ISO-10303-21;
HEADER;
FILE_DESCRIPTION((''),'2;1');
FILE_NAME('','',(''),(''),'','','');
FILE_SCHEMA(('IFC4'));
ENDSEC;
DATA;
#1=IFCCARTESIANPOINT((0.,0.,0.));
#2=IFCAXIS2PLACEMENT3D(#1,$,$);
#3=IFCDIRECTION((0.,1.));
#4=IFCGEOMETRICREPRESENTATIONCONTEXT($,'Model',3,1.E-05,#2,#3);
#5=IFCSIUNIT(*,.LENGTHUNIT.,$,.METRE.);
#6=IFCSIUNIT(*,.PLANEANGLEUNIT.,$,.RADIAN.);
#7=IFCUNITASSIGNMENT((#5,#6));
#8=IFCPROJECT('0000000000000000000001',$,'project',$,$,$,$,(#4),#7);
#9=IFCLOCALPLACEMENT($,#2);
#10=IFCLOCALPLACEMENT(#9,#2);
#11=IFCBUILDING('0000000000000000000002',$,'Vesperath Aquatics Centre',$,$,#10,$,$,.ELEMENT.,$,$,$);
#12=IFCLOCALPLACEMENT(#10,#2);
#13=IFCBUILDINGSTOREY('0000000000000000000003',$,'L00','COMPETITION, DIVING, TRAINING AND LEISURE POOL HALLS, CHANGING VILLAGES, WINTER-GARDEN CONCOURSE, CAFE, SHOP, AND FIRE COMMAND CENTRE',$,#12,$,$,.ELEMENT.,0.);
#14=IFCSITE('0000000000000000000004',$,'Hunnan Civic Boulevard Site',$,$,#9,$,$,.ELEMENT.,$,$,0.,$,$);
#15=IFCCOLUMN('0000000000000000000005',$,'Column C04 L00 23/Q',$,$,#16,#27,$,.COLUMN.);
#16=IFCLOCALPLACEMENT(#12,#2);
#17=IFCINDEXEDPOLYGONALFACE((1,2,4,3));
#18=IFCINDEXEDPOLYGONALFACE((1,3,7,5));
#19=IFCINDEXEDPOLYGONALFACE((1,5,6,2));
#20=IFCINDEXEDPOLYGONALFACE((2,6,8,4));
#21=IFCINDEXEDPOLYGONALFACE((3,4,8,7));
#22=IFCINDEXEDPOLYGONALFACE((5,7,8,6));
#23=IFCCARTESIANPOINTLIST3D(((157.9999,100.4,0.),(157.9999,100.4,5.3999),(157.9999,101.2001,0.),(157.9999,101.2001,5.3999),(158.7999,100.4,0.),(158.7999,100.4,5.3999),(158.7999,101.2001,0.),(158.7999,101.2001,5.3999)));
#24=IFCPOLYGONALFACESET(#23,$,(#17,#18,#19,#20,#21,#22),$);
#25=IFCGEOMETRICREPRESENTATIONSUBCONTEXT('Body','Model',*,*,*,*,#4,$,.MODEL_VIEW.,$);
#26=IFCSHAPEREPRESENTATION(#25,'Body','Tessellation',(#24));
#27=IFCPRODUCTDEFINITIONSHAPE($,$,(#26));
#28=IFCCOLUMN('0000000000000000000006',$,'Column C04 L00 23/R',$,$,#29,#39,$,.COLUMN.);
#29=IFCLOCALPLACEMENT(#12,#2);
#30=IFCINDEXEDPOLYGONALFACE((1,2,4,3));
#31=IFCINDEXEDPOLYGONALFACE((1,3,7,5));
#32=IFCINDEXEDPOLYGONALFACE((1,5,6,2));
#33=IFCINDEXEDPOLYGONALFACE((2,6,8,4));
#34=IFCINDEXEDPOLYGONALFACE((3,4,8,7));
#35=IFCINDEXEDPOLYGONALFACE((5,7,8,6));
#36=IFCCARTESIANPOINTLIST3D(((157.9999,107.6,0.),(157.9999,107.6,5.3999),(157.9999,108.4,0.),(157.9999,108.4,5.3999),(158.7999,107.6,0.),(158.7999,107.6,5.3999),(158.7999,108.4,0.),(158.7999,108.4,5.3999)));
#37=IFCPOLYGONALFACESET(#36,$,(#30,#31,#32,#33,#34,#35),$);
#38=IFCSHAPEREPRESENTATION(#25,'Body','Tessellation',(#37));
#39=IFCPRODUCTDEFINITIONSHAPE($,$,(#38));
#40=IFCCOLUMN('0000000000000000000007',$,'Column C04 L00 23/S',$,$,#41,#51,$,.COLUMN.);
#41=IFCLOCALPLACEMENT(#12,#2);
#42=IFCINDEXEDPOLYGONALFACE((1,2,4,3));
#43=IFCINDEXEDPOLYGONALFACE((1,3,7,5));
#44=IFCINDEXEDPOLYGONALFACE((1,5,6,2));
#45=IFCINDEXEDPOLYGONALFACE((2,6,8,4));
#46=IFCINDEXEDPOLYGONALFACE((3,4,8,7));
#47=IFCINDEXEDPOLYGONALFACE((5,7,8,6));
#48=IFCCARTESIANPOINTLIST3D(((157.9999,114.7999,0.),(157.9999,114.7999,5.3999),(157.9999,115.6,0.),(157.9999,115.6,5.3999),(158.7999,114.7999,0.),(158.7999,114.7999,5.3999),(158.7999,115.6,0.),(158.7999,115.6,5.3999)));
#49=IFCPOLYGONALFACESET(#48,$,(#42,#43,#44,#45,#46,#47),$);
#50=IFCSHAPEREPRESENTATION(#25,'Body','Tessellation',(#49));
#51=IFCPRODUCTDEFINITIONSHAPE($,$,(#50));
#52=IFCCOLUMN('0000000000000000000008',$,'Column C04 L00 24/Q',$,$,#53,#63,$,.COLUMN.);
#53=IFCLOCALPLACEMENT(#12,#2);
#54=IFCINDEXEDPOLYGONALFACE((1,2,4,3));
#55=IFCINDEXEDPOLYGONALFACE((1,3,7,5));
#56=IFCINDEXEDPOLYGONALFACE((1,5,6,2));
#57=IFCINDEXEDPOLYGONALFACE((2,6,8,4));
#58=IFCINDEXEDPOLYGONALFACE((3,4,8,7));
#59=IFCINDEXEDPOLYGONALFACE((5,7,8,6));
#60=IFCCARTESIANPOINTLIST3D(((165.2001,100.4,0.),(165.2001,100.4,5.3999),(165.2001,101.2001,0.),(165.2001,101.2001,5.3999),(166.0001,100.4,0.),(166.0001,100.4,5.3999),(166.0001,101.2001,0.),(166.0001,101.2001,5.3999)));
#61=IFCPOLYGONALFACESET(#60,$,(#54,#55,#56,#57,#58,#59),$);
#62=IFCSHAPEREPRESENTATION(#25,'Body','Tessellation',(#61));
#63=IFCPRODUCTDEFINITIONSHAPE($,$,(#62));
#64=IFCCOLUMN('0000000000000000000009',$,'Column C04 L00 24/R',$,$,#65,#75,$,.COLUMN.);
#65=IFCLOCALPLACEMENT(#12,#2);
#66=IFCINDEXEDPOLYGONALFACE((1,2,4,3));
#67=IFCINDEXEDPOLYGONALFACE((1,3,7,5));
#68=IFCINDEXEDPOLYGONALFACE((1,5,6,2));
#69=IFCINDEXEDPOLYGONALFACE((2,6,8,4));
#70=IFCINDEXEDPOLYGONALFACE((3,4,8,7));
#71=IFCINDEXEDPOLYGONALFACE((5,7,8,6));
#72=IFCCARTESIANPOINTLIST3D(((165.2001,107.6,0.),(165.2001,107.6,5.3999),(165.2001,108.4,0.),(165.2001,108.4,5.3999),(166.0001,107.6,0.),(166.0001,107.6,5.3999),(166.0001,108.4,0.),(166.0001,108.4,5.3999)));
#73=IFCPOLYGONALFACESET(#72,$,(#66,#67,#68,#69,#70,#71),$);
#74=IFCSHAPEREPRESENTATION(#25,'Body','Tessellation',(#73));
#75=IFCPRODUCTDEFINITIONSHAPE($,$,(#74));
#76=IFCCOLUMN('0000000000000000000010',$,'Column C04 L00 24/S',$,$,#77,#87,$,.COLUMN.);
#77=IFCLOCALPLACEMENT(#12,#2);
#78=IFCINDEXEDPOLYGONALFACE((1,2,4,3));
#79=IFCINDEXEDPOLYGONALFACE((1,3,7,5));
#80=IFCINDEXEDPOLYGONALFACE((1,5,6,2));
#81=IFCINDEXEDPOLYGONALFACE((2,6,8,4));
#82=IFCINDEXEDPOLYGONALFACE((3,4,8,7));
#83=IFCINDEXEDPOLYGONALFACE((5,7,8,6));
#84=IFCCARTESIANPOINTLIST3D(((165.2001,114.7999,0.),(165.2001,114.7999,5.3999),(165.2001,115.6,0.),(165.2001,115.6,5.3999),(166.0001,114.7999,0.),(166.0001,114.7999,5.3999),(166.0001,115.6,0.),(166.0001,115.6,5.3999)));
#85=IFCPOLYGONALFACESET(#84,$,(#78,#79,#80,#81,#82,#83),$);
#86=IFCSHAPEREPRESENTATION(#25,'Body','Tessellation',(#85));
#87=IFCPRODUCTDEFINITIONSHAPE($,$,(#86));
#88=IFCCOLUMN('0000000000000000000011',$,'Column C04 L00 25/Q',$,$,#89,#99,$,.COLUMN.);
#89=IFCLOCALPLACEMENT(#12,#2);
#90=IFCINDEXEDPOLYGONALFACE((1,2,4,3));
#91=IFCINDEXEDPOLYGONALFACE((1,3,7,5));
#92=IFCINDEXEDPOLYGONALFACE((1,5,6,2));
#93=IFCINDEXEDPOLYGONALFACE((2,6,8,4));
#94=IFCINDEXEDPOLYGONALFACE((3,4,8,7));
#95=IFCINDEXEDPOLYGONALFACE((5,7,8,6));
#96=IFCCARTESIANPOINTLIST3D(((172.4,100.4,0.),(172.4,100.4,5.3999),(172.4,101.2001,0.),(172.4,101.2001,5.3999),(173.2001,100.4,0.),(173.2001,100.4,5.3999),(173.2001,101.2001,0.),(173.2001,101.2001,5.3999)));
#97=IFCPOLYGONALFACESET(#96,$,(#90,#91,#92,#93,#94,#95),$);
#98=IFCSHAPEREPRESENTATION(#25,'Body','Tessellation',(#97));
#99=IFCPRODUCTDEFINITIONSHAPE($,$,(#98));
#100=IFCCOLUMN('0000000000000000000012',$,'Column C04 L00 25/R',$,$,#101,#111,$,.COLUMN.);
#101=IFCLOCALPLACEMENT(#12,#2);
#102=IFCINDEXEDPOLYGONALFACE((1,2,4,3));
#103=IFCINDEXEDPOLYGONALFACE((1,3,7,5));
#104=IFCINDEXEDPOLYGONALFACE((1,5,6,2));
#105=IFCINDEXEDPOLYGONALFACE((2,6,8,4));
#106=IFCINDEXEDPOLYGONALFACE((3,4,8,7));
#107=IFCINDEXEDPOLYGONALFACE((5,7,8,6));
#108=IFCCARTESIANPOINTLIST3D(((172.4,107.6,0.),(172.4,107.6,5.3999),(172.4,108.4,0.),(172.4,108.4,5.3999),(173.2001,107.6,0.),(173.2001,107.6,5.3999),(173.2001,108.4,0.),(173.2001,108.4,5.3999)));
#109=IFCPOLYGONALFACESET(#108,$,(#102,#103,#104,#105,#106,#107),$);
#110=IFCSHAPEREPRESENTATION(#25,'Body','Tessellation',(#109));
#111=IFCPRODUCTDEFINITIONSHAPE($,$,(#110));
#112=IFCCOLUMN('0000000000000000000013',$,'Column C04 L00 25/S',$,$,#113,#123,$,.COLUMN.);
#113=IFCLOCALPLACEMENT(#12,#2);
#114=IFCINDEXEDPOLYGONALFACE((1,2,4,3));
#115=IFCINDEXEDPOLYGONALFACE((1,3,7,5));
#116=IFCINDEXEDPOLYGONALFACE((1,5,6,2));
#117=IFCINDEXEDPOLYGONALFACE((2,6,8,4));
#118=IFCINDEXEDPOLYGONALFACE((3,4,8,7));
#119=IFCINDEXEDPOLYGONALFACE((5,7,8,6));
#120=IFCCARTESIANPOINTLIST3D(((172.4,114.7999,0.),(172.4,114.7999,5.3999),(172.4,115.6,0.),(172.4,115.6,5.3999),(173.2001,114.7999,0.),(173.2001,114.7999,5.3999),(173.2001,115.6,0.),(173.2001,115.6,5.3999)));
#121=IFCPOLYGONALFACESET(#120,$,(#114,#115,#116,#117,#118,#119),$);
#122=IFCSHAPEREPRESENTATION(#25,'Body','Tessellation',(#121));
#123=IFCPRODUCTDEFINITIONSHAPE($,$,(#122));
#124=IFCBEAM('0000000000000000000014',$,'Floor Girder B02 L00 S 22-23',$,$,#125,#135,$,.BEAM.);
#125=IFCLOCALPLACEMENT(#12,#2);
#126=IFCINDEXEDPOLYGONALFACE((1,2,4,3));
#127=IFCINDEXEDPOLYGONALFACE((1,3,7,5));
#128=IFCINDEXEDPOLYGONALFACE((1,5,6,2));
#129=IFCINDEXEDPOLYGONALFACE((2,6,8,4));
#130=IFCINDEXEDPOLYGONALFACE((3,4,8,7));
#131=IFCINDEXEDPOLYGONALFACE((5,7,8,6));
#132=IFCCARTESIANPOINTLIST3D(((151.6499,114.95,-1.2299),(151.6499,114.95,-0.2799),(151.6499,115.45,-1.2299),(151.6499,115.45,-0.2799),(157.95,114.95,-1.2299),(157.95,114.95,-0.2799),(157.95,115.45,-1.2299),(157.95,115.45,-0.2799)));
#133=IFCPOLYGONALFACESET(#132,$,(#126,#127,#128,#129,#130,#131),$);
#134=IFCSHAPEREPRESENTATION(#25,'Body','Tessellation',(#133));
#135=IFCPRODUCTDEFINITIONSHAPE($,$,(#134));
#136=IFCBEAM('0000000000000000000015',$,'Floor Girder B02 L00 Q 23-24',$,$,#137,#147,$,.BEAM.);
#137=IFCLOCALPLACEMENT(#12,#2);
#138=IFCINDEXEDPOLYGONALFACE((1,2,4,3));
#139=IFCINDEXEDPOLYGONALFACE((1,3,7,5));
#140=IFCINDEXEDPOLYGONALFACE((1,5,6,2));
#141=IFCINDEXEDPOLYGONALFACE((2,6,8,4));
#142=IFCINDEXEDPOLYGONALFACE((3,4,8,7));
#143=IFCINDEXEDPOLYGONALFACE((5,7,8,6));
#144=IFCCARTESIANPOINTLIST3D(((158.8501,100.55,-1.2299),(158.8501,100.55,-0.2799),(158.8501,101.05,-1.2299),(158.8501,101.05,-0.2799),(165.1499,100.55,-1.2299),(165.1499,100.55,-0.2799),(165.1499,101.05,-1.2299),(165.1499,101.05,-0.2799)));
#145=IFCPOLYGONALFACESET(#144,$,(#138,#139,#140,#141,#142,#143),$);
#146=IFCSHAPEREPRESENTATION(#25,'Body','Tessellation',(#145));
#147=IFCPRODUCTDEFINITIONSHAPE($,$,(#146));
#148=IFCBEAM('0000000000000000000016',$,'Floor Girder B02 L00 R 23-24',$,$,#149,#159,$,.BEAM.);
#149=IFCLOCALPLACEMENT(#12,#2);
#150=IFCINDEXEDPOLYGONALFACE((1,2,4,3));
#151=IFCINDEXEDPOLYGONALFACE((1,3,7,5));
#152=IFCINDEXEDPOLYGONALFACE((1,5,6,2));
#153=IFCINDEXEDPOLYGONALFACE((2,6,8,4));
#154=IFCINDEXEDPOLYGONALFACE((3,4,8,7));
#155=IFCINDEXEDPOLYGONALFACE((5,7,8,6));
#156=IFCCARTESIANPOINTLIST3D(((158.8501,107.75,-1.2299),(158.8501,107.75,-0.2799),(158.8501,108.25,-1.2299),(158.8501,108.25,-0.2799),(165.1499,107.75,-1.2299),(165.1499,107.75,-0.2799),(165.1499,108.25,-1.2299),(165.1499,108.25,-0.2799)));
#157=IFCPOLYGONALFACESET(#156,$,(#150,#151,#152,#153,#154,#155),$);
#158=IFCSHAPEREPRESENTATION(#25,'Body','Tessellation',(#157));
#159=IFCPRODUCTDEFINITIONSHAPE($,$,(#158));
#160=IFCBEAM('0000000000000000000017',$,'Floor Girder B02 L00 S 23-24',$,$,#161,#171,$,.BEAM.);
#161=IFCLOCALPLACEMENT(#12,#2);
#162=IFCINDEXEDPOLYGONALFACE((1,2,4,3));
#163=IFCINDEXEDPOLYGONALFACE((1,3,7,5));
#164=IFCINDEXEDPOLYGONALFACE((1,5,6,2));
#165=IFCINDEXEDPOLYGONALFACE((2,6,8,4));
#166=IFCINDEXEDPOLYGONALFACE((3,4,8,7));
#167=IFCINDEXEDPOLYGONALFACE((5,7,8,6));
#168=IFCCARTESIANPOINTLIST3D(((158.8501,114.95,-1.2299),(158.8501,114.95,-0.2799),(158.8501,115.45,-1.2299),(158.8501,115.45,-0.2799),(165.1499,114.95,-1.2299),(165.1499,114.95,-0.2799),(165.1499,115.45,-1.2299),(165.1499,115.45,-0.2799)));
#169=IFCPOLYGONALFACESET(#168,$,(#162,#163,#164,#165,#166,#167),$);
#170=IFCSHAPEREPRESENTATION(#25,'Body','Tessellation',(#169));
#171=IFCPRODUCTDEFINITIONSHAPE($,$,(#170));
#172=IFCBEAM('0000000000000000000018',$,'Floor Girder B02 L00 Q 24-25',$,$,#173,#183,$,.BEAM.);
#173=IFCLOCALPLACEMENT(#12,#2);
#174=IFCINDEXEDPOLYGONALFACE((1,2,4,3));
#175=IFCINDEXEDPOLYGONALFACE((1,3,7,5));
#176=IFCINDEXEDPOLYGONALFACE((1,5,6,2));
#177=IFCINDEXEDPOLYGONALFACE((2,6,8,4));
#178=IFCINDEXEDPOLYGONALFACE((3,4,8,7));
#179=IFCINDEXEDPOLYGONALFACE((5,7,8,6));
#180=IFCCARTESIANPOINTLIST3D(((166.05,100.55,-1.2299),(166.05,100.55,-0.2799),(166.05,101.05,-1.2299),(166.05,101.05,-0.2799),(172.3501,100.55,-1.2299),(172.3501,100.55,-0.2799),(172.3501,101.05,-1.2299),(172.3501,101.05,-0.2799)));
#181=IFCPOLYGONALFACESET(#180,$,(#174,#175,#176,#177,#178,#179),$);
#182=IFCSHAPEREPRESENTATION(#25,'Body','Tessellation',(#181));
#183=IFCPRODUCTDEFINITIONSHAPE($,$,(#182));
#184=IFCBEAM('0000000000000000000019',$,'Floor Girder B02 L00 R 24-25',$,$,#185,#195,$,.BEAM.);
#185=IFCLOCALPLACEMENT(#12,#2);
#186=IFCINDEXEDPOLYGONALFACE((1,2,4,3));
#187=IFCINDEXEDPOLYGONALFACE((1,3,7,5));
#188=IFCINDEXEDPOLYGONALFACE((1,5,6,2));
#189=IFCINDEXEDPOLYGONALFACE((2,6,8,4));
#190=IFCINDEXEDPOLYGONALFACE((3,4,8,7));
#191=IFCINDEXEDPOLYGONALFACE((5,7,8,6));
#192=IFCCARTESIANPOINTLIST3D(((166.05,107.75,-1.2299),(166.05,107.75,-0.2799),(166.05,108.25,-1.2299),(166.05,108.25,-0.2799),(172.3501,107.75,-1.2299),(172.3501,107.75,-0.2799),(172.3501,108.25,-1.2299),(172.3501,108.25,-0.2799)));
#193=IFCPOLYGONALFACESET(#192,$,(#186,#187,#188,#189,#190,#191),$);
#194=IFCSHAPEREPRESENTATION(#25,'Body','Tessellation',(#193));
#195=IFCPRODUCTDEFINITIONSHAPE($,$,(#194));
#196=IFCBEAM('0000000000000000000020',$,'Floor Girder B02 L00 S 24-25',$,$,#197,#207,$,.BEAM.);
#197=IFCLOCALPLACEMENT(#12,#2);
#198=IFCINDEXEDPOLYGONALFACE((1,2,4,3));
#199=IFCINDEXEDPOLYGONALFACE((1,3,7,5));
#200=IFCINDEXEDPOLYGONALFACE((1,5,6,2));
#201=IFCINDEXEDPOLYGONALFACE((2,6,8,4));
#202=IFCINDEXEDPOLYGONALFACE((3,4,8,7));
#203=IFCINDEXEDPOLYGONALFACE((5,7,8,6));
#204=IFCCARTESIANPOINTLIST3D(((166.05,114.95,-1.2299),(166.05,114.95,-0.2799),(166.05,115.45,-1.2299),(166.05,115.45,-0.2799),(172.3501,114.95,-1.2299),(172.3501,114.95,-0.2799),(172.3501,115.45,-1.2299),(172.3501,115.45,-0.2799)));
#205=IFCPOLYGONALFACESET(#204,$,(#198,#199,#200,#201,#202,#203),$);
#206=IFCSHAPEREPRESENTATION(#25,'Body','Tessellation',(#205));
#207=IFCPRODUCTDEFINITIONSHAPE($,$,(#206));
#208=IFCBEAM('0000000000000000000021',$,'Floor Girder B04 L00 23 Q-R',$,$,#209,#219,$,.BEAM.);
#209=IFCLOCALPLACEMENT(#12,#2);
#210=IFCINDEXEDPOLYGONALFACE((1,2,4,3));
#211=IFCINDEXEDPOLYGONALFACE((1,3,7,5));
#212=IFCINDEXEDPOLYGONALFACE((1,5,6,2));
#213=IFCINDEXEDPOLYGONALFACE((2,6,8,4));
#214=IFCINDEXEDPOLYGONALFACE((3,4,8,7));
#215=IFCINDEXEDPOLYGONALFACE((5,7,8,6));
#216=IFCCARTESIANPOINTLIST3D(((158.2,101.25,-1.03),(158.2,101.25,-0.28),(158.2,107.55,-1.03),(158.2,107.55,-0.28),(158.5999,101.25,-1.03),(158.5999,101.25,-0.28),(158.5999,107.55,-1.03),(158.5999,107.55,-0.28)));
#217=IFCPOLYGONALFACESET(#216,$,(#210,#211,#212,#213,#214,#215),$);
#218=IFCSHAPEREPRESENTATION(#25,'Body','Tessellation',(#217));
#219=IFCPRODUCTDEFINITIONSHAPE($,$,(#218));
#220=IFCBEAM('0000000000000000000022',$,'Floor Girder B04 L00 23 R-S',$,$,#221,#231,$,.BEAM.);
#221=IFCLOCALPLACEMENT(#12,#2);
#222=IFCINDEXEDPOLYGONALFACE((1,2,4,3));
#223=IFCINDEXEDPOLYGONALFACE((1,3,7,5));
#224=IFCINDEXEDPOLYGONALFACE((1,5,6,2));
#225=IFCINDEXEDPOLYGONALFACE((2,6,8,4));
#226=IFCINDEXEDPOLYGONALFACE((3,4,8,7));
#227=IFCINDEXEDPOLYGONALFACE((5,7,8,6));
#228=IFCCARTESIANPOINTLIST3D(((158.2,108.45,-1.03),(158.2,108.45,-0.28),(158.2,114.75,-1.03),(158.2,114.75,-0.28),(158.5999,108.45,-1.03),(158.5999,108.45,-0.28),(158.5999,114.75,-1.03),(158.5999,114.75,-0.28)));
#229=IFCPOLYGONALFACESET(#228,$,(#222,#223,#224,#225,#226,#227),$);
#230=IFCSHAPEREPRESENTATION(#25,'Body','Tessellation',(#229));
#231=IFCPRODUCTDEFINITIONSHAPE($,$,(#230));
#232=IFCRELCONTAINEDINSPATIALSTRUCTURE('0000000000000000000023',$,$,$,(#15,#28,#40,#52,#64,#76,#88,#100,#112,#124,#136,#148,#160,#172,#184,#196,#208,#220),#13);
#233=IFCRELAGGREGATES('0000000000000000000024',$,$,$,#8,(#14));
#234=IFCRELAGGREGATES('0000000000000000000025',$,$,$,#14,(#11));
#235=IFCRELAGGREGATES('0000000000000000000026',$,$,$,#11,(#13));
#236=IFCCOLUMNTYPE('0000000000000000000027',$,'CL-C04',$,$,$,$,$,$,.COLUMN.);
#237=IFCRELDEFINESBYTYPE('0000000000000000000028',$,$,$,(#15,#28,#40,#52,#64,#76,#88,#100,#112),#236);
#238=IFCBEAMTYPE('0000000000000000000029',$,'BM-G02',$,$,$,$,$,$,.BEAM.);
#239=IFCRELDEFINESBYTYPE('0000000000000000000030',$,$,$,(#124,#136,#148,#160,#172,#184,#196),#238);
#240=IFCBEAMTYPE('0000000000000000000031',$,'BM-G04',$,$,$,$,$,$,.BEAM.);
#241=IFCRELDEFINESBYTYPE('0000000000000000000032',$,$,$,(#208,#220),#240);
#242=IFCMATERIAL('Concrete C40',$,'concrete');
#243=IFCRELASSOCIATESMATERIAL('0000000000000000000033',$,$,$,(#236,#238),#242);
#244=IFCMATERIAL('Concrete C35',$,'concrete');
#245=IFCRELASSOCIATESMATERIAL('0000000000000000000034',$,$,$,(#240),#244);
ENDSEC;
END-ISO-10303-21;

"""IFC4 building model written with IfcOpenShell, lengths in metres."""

from ifc_helpers import new_model, si_unit, direction, frame, origin, origin_2d, place, context, subcontext, project, spatial, rectangle, extrude, material, material_profile, profile_set, type_object, element, save


model = new_model("IFC4")

# Units and contexts
model_context = context("Model", 3, precision=1e-05, world=origin(), true_north=direction((0.0, 1.0)))
body_context = subcontext(model_context, "Body", "Model", "MODEL_VIEW")
ifc_project = project(units=[si_unit("LENGTHUNIT", "METRE"), si_unit("PLANEANGLEUNIT", "RADIAN")], contexts=[model_context])

# Site, building, storey
site_placement = place(None, origin())
site = spatial("IfcSite", under=ifc_project, at=site_placement, Name="Hunnan Civic Boulevard Site", CompositionType="ELEMENT", RefElevation=0.0)
building_placement = place(site_placement, origin())
building = spatial("IfcBuilding", under=site, at=building_placement, Name="Vesperath Aquatics Centre", CompositionType="ELEMENT")
storey_placement = place(building_placement, origin())
storey = spatial("IfcBuildingStorey", under=building, at=storey_placement, Name="L00", Description="COMPETITION, DIVING, TRAINING AND LEISURE POOL HALLS, CHANGING VILLAGES, WINTER-GARDEN CONCOURSE, CAFE, SHOP, AND FIRE COMMAND CENTRE", CompositionType="ELEMENT", Elevation=0.0)

# Columns
ifc_material_1 = material(Name="Concrete C40", Category="concrete")
ifc_material_profile_1 = material_profile(ifc_material_1, rectangle(XDim=0.8, YDim=0.8, at=origin_2d()), Name="RC 800x800")
ifc_profile_set_1 = profile_set([ifc_material_profile_1], Name="Concrete C40")
column_type = type_object("IfcColumnType", Name="CL-C04", PredefinedType="COLUMN", material=ifc_profile_set_1)
for number, where, z_axis, x_axis, name in (
    (1, (158.3999, 100.8, 0.0), (0.0, 0.0, 1.0), (1.0, 0.0, 0.0), "Column C04 L00 23/Q"),
    (2, (158.3999, 108.0, 0.0), (0.0, 0.0, 1.0), (1.0, 0.0, 0.0), "Column C04 L00 23/R"),
    (3, (158.3999, 115.2, 0.0), (0.0, 0.0, 1.0), (1.0, 0.0, 0.0), "Column C04 L00 23/S"),
    (4, (165.6001, 100.8, 0.0), (0.0, 0.0, 1.0), (1.0, 0.0, 0.0), "Column C04 L00 24/Q"),
    (5, (165.6001, 108.0, 0.0), (0.0, 0.0, 1.0), (1.0, 0.0, 0.0), "Column C04 L00 24/R"),
    (6, (165.6001, 115.2, 0.0), (0.0, 0.0, 1.0), (1.0, 0.0, 0.0), "Column C04 L00 24/S"),
    (7, (172.8, 100.8, 0.0), (0.0, 0.0, 1.0), (1.0, 0.0, 0.0), "Column C04 L00 25/Q"),
    (8, (172.8, 108.0, 0.0), (0.0, 0.0, 1.0), (1.0, 0.0, 0.0), "Column C04 L00 25/R"),
    (9, (172.8, 115.2, 0.0), (0.0, 0.0, 1.0), (1.0, 0.0, 0.0), "Column C04 L00 25/S"),
):
    element("IfcColumn", number, at=place(storey_placement, frame(where, z_axis=z_axis, x_axis=x_axis)), inside=storey, type_object=column_type, Name=name, PredefinedType="COLUMN", context=body_context, shape_type="SweptSolid", body=[
        extrude(rectangle(XDim=0.8, YDim=0.8, at=origin_2d()), origin(), (0.0, 0.0, 1.0), 5.3999),
    ])

# Beams
ifc_material_profile_2 = material_profile(ifc_material_1, rectangle(XDim=0.5, YDim=0.95, at=origin_2d()), Name="RC 500x950")
ifc_profile_set_2 = profile_set([ifc_material_profile_2], Name="Concrete C40")
beam_type_1 = type_object("IfcBeamType", Name="BM-G02", PredefinedType="BEAM", material=ifc_profile_set_2)
beam_placement = place(storey_placement, frame((151.6499, 115.2, -0.7549), z_axis=(1.0, 0.0, 0.0), x_axis=(0.0, 1.0, 0.0)))
element("IfcBeam", 10, at=beam_placement, inside=storey, type_object=beam_type_1, Name="Floor Girder B02 L00 S 22-23", PredefinedType="BEAM", context=body_context, shape_type="SweptSolid", body=[
    extrude(rectangle(XDim=0.5, YDim=0.95, at=origin_2d()), origin(), (0.0, 0.0, 1.0), 6.3),
])
for number, where, z_axis, x_axis, name in (
    (11, (158.8501, 100.8, -0.7549), (1.0, 0.0, 0.0), (0.0, 1.0, 0.0), "Floor Girder B02 L00 Q 23-24"),
    (12, (158.8501, 108.0, -0.7549), (1.0, 0.0, 0.0), (0.0, 1.0, 0.0), "Floor Girder B02 L00 R 23-24"),
    (13, (158.8501, 115.2, -0.7549), (1.0, 0.0, 0.0), (0.0, 1.0, 0.0), "Floor Girder B02 L00 S 23-24"),
):
    element("IfcBeam", number, at=place(storey_placement, frame(where, z_axis=z_axis, x_axis=x_axis)), inside=storey, type_object=beam_type_1, Name=name, PredefinedType="BEAM", context=body_context, shape_type="SweptSolid", body=[
        extrude(rectangle(XDim=0.5, YDim=0.95, at=origin_2d()), origin(), (0.0, 0.0, 1.0), 6.2998),
    ])
for number, where, z_axis, x_axis, name in (
    (14, (166.05, 100.8, -0.7549), (1.0, 0.0, 0.0), (0.0, 1.0, 0.0), "Floor Girder B02 L00 Q 24-25"),
    (15, (166.05, 108.0, -0.7549), (1.0, 0.0, 0.0), (0.0, 1.0, 0.0), "Floor Girder B02 L00 R 24-25"),
    (16, (166.05, 115.2, -0.7549), (1.0, 0.0, 0.0), (0.0, 1.0, 0.0), "Floor Girder B02 L00 S 24-25"),
):
    element("IfcBeam", number, at=place(storey_placement, frame(where, z_axis=z_axis, x_axis=x_axis)), inside=storey, type_object=beam_type_1, Name=name, PredefinedType="BEAM", context=body_context, shape_type="SweptSolid", body=[
        extrude(rectangle(XDim=0.5, YDim=0.95, at=origin_2d()), origin(), (0.0, 0.0, 1.0), 6.3),
    ])
ifc_material_2 = material(Name="Concrete C35", Category="concrete")
ifc_material_profile_3 = material_profile(ifc_material_2, rectangle(XDim=0.3999, YDim=0.75, at=origin_2d()), Name="RC 400x750")
ifc_profile_set_3 = profile_set([ifc_material_profile_3], Name="Concrete C35")
beam_type_2 = type_object("IfcBeamType", Name="BM-G04", PredefinedType="BEAM", material=ifc_profile_set_3)
for number, where, z_axis, x_axis, name in (
    (17, (158.3999, 101.25, -0.655), (0.0, 1.0, 0.0), (-1.0, 0.0, 0.0), "Floor Girder B04 L00 23 Q-R"),
    (18, (158.3999, 108.45, -0.655), (0.0, 1.0, 0.0), (-1.0, 0.0, 0.0), "Floor Girder B04 L00 23 R-S"),
):
    element("IfcBeam", number, at=place(storey_placement, frame(where, z_axis=z_axis, x_axis=x_axis)), inside=storey, type_object=beam_type_2, Name=name, PredefinedType="BEAM", context=body_context, shape_type="SweptSolid", body=[
        extrude(rectangle(XDim=0.3999, YDim=0.75, at=origin_2d()), origin(), (0.0, 0.0, 1.0), 6.3),
    ])

save(model, "model.ifc")
